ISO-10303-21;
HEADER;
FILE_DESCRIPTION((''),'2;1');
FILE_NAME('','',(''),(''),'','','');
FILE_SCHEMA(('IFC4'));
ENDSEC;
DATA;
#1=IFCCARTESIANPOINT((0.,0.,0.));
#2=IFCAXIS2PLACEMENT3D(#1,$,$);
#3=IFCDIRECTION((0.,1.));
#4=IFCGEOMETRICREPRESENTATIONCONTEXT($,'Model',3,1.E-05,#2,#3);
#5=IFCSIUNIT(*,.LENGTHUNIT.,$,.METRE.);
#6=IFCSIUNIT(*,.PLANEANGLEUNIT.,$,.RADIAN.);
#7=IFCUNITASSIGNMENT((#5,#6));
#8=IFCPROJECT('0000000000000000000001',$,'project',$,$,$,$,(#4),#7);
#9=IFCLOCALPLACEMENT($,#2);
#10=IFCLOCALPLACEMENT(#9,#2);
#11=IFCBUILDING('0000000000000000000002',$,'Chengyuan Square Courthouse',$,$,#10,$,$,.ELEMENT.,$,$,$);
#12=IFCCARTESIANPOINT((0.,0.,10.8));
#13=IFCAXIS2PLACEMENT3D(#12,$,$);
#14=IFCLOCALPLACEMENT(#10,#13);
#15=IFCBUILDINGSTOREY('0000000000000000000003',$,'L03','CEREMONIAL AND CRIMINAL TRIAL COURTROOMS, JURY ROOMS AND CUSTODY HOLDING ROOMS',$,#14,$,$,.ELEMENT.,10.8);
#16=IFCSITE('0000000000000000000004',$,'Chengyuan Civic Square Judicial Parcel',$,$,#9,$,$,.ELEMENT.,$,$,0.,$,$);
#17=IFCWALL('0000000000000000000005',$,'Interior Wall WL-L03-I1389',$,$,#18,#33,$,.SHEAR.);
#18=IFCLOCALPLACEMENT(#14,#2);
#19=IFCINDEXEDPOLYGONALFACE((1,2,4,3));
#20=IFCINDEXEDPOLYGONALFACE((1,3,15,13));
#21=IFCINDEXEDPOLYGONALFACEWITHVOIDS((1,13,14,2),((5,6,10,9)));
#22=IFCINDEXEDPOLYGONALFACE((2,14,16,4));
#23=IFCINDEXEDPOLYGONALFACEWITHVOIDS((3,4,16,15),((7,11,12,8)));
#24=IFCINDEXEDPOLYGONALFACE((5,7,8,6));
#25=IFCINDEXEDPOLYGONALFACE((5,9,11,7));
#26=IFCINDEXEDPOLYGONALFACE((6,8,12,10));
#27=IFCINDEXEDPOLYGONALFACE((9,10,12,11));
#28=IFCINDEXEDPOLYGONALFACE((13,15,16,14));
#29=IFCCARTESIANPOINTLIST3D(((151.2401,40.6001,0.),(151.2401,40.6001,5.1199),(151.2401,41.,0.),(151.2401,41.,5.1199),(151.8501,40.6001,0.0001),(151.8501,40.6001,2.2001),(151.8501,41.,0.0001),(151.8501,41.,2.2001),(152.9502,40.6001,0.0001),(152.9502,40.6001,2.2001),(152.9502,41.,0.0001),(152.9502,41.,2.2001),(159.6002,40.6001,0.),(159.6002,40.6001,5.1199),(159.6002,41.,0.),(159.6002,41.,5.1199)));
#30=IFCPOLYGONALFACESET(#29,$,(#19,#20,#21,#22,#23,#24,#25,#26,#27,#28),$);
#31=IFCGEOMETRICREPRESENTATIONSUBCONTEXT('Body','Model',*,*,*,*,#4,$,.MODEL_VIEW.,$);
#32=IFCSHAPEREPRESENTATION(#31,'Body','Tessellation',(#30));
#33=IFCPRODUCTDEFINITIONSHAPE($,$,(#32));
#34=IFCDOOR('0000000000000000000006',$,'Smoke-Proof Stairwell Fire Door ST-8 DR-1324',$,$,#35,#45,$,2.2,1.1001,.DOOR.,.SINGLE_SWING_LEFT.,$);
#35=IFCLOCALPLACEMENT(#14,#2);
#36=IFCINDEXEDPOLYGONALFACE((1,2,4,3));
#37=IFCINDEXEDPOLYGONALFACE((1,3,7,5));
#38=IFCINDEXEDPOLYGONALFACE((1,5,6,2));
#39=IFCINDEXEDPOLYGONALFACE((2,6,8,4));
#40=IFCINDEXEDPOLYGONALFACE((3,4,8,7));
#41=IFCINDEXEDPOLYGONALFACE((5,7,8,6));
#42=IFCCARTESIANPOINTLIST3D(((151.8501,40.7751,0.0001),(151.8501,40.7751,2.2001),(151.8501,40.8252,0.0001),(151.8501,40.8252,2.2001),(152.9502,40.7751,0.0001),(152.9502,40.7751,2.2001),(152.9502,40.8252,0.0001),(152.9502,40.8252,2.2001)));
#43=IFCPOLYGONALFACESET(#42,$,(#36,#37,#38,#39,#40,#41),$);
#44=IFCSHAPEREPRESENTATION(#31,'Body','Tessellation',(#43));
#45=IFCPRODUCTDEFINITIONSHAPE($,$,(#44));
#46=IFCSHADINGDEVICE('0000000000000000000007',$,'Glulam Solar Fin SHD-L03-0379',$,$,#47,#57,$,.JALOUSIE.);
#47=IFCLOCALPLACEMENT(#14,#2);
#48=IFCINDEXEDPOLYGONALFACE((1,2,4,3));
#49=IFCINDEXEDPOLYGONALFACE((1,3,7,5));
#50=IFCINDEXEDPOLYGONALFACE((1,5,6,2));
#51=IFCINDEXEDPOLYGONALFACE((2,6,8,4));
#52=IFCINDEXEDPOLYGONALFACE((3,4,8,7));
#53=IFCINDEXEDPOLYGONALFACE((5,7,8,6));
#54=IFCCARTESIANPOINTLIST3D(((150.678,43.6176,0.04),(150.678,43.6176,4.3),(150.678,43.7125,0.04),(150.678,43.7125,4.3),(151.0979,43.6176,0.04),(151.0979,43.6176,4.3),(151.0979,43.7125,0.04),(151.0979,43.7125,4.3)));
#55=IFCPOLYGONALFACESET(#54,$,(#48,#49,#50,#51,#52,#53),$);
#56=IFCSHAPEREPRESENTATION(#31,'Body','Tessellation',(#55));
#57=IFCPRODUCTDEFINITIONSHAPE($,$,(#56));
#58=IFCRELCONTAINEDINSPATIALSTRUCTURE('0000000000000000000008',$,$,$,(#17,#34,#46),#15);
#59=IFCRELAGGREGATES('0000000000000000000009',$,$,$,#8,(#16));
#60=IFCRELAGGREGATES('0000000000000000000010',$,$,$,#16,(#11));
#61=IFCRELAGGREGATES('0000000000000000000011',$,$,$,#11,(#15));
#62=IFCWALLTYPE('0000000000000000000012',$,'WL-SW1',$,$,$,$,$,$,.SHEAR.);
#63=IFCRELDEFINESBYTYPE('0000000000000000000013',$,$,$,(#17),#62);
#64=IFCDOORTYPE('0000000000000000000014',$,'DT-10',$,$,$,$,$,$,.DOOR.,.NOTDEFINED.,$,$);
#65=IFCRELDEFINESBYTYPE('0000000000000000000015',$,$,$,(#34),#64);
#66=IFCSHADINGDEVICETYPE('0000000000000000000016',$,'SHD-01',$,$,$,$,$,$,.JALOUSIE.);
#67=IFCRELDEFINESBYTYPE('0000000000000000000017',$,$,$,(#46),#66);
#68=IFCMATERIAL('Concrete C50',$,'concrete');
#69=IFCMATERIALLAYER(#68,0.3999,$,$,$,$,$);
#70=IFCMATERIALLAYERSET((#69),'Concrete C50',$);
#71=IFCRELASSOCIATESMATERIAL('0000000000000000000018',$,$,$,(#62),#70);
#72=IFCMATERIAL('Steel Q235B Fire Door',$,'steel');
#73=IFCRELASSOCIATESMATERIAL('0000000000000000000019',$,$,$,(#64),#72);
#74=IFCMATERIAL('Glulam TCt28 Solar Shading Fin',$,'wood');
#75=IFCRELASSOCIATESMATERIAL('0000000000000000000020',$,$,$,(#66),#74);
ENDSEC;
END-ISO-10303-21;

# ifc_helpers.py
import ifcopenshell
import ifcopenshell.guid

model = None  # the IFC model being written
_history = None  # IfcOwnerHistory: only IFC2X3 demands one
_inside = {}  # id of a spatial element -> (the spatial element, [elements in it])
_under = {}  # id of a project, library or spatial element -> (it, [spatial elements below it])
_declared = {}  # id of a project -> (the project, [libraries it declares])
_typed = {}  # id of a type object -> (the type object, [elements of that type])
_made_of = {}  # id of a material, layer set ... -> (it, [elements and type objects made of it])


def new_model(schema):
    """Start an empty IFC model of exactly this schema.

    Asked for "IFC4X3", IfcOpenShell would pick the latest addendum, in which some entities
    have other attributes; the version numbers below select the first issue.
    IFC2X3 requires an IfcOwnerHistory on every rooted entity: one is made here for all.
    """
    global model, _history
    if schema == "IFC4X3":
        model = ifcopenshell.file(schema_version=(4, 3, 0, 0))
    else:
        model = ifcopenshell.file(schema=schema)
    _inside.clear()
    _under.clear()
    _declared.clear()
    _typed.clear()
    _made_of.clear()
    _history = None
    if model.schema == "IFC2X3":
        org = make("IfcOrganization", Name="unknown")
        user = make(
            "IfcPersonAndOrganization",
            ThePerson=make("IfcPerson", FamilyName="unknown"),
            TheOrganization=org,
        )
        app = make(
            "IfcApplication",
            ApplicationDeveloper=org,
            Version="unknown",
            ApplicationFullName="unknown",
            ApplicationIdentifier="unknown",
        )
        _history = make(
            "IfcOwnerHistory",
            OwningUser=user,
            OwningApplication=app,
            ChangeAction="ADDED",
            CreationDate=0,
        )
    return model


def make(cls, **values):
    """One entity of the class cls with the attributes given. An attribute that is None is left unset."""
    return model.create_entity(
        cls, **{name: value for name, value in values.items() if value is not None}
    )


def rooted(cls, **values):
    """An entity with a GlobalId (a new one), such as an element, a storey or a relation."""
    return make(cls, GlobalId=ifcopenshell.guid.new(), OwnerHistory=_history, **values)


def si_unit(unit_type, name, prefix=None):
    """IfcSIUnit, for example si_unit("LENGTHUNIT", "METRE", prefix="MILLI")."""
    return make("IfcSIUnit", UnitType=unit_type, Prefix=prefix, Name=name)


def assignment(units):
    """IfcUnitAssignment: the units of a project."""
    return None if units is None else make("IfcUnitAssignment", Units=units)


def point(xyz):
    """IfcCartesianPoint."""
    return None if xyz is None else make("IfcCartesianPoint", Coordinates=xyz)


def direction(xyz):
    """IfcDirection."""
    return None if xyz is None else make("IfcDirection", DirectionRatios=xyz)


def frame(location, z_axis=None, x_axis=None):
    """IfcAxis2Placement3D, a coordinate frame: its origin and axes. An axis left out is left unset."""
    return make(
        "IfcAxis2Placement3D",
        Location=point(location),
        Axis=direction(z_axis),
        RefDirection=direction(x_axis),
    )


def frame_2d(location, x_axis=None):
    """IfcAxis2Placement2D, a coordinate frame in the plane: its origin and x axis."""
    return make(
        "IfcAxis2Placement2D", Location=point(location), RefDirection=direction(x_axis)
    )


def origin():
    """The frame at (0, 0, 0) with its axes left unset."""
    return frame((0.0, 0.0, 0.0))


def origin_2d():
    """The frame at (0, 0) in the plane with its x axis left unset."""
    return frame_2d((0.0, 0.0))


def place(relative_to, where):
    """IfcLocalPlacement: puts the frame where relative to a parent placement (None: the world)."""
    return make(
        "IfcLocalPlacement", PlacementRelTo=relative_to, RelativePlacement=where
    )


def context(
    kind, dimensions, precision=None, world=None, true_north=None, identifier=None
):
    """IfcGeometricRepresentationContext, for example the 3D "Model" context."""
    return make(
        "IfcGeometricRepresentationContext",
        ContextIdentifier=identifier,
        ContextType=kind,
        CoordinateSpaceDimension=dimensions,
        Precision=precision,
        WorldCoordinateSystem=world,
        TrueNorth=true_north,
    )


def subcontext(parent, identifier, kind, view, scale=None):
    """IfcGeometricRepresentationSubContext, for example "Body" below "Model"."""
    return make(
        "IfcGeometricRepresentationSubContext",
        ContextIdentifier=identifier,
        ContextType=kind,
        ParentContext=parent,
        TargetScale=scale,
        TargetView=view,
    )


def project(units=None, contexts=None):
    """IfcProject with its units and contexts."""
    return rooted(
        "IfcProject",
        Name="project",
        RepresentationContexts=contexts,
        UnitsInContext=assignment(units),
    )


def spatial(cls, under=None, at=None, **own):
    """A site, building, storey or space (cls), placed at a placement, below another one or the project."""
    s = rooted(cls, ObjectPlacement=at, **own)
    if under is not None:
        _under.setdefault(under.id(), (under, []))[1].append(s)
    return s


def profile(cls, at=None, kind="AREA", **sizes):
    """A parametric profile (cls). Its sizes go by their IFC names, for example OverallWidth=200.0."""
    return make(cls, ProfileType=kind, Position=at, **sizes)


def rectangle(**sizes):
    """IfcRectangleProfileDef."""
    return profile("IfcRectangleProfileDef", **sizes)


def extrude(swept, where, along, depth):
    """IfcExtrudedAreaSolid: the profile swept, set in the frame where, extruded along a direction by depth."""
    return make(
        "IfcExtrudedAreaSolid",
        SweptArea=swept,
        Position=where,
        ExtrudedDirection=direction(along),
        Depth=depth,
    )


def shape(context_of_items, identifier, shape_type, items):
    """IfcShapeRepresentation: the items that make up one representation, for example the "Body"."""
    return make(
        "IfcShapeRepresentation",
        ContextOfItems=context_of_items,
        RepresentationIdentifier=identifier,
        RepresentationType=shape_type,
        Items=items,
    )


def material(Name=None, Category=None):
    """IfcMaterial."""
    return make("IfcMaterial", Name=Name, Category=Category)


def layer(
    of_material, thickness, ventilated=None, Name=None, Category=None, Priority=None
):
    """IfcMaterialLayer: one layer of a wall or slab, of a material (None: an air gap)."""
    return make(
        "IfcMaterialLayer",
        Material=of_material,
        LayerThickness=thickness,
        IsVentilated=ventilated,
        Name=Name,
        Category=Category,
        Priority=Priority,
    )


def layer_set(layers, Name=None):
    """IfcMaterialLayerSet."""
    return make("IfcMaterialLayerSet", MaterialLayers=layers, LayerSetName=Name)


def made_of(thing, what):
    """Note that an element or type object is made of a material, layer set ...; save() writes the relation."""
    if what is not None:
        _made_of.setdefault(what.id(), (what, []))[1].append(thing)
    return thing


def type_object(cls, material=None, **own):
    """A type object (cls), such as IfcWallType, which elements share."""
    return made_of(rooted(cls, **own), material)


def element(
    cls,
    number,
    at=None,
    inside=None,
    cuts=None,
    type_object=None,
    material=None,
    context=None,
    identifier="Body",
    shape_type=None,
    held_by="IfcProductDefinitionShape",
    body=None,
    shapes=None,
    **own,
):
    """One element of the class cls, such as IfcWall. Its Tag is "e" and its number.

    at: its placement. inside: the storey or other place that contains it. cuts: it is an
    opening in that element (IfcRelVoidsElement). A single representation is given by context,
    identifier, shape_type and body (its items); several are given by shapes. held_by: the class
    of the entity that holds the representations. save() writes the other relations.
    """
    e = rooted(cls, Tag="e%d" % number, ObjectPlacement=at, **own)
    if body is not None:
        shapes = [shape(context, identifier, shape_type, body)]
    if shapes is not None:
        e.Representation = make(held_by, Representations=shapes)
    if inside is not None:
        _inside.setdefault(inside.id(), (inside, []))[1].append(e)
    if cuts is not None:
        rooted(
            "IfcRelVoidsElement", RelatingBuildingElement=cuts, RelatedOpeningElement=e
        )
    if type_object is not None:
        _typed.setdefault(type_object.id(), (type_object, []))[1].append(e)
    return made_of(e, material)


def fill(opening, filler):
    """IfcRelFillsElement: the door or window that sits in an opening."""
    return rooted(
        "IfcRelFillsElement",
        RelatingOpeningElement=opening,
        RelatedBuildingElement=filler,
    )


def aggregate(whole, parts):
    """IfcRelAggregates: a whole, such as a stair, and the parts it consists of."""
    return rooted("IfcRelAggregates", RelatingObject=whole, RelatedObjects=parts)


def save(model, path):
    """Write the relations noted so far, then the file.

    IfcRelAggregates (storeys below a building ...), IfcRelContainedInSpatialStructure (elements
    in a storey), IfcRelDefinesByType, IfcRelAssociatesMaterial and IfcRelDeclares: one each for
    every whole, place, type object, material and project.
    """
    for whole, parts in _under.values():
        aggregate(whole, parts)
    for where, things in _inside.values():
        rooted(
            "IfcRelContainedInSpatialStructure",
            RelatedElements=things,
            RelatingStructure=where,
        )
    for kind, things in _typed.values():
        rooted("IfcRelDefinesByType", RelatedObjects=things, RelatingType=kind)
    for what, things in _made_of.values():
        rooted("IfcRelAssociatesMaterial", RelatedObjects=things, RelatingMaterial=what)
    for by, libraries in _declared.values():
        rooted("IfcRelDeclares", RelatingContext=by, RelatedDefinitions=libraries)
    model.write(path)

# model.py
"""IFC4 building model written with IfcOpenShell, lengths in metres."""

from ifc_helpers import new_model, si_unit, direction, frame, frame_2d, origin, origin_2d, place, context, subcontext, project, spatial, rectangle, extrude, material, layer, layer_set, type_object, element, fill, save


model = new_model("IFC4")

# Units and contexts
model_context = context("Model", 3, precision=1e-05, world=origin(), true_north=direction((0.0, 1.0)))
body_context = subcontext(model_context, "Body", "Model", "MODEL_VIEW")
ifc_project = project(units=[si_unit("LENGTHUNIT", "METRE"), si_unit("PLANEANGLEUNIT", "RADIAN")], contexts=[model_context])

# Site, building, storey
site_placement = place(None, origin())
site = spatial("IfcSite", under=ifc_project, at=site_placement, Name="Chengyuan Civic Square Judicial Parcel", CompositionType="ELEMENT", RefElevation=0.0)
building_placement = place(site_placement, origin())
building = spatial("IfcBuilding", under=site, at=building_placement, Name="Chengyuan Square Courthouse", CompositionType="ELEMENT")
storey_placement = place(building_placement, frame((0.0, 0.0, 10.8)))
storey = spatial("IfcBuildingStorey", under=building, at=storey_placement, Name="L03", Description="CEREMONIAL AND CRIMINAL TRIAL COURTROOMS, JURY ROOMS AND CUSTODY HOLDING ROOMS", CompositionType="ELEMENT", Elevation=10.8)

# Shared definitions
ifc_material_1 = material(Name="Concrete C50", Category="concrete")

# Shared definitions
ifc_material_2 = material(Name="Steel Q235B Fire Door", Category="steel")

# Wall, opening, door
ifc_layer_1 = layer(ifc_material_1, 0.3999)
ifc_layer_set_1 = layer_set([ifc_layer_1], Name="Concrete C50")
wall_type_1 = type_object("IfcWallType", Name="WL-SW1", PredefinedType="SHEAR", material=ifc_layer_set_1)
wall_1_placement = place(storey_placement, frame((151.24, 40.8, 0.0), z_axis=(0.0, 0.0, 1.0), x_axis=(1.0, 0.0, 0.0)))
wall_1 = element("IfcWall", 1, at=wall_1_placement, inside=storey, type_object=wall_type_1, Name="Interior Wall WL-L03-I1389", PredefinedType="SHEAR", context=body_context, shape_type="SweptSolid", body=[
    extrude(rectangle(XDim=8.3601, YDim=0.3999, at=frame_2d((4.1802, 0.0))), origin(), (0.0, 0.0, 1.0), 5.1199),
])
opening_1_placement = place(wall_1_placement, frame((0.6101, 0.0, 0.0)))
opening_1 = element("IfcOpeningElement", 2, at=opening_1_placement, cuts=wall_1, PredefinedType="OPENING", context=body_context, shape_type="SweptSolid", body=[
    extrude(rectangle(XDim=1.1001, YDim=2.2, at=frame_2d((0.55, 1.1001))), frame((0.0, 0.2119, 0.0), z_axis=(0.0, -1.0, 0.0), x_axis=(1.0, 0.0, 0.0)), (0.0, 0.0, 1.0), 0.4238),
])
door_type_1 = type_object("IfcDoorType", Name="DT-10", OperationType="NOTDEFINED", PredefinedType="DOOR", material=ifc_material_2)
door_1_placement = place(opening_1_placement, frame((1.1001, 0.0, 0.0), z_axis=(0.0, 0.0, 1.0), x_axis=(-1.0, 0.0, 0.0)))
door_1 = element("IfcDoor", 3, at=door_1_placement, inside=storey, type_object=door_type_1, Name="Smoke-Proof Stairwell Fire Door ST-8 DR-1324", OperationType="SINGLE_SWING_LEFT", OverallHeight=2.2, OverallWidth=1.1001, PredefinedType="DOOR", context=body_context, shape_type="SweptSolid", body=[
    extrude(rectangle(XDim=1.1001, YDim=2.2, at=frame_2d((0.55, 1.1001))), frame((0.0, 0.0249, 0.0), z_axis=(0.0, -1.0, 0.0), x_axis=(1.0, 0.0, 0.0)), (0.0, 0.0, 1.0), 0.05),
])
fill(opening_1, door_1)

# Shading device
ifc_material_3 = material(Name="Glulam TCt28 Solar Shading Fin", Category="wood")
shading_device_type = type_object("IfcShadingDeviceType", Name="SHD-01", PredefinedType="JALOUSIE", material=ifc_material_3)
shading_device_placement = place(storey_placement, frame((150.8879, 43.665, 0.04), z_axis=(0.0, 0.0, 1.0), x_axis=(1.0, 0.0, 0.0)))
element("IfcShadingDevice", 4, at=shading_device_placement, inside=storey, type_object=shading_device_type, Name="Glulam Solar Fin SHD-L03-0379", PredefinedType="JALOUSIE", context=body_context, shape_type="SweptSolid", body=[
    extrude(rectangle(XDim=0.4199, YDim=0.095, at=origin_2d()), origin(), (0.0, 0.0, 1.0), 4.26),
])

save(model, "model.ifc")
